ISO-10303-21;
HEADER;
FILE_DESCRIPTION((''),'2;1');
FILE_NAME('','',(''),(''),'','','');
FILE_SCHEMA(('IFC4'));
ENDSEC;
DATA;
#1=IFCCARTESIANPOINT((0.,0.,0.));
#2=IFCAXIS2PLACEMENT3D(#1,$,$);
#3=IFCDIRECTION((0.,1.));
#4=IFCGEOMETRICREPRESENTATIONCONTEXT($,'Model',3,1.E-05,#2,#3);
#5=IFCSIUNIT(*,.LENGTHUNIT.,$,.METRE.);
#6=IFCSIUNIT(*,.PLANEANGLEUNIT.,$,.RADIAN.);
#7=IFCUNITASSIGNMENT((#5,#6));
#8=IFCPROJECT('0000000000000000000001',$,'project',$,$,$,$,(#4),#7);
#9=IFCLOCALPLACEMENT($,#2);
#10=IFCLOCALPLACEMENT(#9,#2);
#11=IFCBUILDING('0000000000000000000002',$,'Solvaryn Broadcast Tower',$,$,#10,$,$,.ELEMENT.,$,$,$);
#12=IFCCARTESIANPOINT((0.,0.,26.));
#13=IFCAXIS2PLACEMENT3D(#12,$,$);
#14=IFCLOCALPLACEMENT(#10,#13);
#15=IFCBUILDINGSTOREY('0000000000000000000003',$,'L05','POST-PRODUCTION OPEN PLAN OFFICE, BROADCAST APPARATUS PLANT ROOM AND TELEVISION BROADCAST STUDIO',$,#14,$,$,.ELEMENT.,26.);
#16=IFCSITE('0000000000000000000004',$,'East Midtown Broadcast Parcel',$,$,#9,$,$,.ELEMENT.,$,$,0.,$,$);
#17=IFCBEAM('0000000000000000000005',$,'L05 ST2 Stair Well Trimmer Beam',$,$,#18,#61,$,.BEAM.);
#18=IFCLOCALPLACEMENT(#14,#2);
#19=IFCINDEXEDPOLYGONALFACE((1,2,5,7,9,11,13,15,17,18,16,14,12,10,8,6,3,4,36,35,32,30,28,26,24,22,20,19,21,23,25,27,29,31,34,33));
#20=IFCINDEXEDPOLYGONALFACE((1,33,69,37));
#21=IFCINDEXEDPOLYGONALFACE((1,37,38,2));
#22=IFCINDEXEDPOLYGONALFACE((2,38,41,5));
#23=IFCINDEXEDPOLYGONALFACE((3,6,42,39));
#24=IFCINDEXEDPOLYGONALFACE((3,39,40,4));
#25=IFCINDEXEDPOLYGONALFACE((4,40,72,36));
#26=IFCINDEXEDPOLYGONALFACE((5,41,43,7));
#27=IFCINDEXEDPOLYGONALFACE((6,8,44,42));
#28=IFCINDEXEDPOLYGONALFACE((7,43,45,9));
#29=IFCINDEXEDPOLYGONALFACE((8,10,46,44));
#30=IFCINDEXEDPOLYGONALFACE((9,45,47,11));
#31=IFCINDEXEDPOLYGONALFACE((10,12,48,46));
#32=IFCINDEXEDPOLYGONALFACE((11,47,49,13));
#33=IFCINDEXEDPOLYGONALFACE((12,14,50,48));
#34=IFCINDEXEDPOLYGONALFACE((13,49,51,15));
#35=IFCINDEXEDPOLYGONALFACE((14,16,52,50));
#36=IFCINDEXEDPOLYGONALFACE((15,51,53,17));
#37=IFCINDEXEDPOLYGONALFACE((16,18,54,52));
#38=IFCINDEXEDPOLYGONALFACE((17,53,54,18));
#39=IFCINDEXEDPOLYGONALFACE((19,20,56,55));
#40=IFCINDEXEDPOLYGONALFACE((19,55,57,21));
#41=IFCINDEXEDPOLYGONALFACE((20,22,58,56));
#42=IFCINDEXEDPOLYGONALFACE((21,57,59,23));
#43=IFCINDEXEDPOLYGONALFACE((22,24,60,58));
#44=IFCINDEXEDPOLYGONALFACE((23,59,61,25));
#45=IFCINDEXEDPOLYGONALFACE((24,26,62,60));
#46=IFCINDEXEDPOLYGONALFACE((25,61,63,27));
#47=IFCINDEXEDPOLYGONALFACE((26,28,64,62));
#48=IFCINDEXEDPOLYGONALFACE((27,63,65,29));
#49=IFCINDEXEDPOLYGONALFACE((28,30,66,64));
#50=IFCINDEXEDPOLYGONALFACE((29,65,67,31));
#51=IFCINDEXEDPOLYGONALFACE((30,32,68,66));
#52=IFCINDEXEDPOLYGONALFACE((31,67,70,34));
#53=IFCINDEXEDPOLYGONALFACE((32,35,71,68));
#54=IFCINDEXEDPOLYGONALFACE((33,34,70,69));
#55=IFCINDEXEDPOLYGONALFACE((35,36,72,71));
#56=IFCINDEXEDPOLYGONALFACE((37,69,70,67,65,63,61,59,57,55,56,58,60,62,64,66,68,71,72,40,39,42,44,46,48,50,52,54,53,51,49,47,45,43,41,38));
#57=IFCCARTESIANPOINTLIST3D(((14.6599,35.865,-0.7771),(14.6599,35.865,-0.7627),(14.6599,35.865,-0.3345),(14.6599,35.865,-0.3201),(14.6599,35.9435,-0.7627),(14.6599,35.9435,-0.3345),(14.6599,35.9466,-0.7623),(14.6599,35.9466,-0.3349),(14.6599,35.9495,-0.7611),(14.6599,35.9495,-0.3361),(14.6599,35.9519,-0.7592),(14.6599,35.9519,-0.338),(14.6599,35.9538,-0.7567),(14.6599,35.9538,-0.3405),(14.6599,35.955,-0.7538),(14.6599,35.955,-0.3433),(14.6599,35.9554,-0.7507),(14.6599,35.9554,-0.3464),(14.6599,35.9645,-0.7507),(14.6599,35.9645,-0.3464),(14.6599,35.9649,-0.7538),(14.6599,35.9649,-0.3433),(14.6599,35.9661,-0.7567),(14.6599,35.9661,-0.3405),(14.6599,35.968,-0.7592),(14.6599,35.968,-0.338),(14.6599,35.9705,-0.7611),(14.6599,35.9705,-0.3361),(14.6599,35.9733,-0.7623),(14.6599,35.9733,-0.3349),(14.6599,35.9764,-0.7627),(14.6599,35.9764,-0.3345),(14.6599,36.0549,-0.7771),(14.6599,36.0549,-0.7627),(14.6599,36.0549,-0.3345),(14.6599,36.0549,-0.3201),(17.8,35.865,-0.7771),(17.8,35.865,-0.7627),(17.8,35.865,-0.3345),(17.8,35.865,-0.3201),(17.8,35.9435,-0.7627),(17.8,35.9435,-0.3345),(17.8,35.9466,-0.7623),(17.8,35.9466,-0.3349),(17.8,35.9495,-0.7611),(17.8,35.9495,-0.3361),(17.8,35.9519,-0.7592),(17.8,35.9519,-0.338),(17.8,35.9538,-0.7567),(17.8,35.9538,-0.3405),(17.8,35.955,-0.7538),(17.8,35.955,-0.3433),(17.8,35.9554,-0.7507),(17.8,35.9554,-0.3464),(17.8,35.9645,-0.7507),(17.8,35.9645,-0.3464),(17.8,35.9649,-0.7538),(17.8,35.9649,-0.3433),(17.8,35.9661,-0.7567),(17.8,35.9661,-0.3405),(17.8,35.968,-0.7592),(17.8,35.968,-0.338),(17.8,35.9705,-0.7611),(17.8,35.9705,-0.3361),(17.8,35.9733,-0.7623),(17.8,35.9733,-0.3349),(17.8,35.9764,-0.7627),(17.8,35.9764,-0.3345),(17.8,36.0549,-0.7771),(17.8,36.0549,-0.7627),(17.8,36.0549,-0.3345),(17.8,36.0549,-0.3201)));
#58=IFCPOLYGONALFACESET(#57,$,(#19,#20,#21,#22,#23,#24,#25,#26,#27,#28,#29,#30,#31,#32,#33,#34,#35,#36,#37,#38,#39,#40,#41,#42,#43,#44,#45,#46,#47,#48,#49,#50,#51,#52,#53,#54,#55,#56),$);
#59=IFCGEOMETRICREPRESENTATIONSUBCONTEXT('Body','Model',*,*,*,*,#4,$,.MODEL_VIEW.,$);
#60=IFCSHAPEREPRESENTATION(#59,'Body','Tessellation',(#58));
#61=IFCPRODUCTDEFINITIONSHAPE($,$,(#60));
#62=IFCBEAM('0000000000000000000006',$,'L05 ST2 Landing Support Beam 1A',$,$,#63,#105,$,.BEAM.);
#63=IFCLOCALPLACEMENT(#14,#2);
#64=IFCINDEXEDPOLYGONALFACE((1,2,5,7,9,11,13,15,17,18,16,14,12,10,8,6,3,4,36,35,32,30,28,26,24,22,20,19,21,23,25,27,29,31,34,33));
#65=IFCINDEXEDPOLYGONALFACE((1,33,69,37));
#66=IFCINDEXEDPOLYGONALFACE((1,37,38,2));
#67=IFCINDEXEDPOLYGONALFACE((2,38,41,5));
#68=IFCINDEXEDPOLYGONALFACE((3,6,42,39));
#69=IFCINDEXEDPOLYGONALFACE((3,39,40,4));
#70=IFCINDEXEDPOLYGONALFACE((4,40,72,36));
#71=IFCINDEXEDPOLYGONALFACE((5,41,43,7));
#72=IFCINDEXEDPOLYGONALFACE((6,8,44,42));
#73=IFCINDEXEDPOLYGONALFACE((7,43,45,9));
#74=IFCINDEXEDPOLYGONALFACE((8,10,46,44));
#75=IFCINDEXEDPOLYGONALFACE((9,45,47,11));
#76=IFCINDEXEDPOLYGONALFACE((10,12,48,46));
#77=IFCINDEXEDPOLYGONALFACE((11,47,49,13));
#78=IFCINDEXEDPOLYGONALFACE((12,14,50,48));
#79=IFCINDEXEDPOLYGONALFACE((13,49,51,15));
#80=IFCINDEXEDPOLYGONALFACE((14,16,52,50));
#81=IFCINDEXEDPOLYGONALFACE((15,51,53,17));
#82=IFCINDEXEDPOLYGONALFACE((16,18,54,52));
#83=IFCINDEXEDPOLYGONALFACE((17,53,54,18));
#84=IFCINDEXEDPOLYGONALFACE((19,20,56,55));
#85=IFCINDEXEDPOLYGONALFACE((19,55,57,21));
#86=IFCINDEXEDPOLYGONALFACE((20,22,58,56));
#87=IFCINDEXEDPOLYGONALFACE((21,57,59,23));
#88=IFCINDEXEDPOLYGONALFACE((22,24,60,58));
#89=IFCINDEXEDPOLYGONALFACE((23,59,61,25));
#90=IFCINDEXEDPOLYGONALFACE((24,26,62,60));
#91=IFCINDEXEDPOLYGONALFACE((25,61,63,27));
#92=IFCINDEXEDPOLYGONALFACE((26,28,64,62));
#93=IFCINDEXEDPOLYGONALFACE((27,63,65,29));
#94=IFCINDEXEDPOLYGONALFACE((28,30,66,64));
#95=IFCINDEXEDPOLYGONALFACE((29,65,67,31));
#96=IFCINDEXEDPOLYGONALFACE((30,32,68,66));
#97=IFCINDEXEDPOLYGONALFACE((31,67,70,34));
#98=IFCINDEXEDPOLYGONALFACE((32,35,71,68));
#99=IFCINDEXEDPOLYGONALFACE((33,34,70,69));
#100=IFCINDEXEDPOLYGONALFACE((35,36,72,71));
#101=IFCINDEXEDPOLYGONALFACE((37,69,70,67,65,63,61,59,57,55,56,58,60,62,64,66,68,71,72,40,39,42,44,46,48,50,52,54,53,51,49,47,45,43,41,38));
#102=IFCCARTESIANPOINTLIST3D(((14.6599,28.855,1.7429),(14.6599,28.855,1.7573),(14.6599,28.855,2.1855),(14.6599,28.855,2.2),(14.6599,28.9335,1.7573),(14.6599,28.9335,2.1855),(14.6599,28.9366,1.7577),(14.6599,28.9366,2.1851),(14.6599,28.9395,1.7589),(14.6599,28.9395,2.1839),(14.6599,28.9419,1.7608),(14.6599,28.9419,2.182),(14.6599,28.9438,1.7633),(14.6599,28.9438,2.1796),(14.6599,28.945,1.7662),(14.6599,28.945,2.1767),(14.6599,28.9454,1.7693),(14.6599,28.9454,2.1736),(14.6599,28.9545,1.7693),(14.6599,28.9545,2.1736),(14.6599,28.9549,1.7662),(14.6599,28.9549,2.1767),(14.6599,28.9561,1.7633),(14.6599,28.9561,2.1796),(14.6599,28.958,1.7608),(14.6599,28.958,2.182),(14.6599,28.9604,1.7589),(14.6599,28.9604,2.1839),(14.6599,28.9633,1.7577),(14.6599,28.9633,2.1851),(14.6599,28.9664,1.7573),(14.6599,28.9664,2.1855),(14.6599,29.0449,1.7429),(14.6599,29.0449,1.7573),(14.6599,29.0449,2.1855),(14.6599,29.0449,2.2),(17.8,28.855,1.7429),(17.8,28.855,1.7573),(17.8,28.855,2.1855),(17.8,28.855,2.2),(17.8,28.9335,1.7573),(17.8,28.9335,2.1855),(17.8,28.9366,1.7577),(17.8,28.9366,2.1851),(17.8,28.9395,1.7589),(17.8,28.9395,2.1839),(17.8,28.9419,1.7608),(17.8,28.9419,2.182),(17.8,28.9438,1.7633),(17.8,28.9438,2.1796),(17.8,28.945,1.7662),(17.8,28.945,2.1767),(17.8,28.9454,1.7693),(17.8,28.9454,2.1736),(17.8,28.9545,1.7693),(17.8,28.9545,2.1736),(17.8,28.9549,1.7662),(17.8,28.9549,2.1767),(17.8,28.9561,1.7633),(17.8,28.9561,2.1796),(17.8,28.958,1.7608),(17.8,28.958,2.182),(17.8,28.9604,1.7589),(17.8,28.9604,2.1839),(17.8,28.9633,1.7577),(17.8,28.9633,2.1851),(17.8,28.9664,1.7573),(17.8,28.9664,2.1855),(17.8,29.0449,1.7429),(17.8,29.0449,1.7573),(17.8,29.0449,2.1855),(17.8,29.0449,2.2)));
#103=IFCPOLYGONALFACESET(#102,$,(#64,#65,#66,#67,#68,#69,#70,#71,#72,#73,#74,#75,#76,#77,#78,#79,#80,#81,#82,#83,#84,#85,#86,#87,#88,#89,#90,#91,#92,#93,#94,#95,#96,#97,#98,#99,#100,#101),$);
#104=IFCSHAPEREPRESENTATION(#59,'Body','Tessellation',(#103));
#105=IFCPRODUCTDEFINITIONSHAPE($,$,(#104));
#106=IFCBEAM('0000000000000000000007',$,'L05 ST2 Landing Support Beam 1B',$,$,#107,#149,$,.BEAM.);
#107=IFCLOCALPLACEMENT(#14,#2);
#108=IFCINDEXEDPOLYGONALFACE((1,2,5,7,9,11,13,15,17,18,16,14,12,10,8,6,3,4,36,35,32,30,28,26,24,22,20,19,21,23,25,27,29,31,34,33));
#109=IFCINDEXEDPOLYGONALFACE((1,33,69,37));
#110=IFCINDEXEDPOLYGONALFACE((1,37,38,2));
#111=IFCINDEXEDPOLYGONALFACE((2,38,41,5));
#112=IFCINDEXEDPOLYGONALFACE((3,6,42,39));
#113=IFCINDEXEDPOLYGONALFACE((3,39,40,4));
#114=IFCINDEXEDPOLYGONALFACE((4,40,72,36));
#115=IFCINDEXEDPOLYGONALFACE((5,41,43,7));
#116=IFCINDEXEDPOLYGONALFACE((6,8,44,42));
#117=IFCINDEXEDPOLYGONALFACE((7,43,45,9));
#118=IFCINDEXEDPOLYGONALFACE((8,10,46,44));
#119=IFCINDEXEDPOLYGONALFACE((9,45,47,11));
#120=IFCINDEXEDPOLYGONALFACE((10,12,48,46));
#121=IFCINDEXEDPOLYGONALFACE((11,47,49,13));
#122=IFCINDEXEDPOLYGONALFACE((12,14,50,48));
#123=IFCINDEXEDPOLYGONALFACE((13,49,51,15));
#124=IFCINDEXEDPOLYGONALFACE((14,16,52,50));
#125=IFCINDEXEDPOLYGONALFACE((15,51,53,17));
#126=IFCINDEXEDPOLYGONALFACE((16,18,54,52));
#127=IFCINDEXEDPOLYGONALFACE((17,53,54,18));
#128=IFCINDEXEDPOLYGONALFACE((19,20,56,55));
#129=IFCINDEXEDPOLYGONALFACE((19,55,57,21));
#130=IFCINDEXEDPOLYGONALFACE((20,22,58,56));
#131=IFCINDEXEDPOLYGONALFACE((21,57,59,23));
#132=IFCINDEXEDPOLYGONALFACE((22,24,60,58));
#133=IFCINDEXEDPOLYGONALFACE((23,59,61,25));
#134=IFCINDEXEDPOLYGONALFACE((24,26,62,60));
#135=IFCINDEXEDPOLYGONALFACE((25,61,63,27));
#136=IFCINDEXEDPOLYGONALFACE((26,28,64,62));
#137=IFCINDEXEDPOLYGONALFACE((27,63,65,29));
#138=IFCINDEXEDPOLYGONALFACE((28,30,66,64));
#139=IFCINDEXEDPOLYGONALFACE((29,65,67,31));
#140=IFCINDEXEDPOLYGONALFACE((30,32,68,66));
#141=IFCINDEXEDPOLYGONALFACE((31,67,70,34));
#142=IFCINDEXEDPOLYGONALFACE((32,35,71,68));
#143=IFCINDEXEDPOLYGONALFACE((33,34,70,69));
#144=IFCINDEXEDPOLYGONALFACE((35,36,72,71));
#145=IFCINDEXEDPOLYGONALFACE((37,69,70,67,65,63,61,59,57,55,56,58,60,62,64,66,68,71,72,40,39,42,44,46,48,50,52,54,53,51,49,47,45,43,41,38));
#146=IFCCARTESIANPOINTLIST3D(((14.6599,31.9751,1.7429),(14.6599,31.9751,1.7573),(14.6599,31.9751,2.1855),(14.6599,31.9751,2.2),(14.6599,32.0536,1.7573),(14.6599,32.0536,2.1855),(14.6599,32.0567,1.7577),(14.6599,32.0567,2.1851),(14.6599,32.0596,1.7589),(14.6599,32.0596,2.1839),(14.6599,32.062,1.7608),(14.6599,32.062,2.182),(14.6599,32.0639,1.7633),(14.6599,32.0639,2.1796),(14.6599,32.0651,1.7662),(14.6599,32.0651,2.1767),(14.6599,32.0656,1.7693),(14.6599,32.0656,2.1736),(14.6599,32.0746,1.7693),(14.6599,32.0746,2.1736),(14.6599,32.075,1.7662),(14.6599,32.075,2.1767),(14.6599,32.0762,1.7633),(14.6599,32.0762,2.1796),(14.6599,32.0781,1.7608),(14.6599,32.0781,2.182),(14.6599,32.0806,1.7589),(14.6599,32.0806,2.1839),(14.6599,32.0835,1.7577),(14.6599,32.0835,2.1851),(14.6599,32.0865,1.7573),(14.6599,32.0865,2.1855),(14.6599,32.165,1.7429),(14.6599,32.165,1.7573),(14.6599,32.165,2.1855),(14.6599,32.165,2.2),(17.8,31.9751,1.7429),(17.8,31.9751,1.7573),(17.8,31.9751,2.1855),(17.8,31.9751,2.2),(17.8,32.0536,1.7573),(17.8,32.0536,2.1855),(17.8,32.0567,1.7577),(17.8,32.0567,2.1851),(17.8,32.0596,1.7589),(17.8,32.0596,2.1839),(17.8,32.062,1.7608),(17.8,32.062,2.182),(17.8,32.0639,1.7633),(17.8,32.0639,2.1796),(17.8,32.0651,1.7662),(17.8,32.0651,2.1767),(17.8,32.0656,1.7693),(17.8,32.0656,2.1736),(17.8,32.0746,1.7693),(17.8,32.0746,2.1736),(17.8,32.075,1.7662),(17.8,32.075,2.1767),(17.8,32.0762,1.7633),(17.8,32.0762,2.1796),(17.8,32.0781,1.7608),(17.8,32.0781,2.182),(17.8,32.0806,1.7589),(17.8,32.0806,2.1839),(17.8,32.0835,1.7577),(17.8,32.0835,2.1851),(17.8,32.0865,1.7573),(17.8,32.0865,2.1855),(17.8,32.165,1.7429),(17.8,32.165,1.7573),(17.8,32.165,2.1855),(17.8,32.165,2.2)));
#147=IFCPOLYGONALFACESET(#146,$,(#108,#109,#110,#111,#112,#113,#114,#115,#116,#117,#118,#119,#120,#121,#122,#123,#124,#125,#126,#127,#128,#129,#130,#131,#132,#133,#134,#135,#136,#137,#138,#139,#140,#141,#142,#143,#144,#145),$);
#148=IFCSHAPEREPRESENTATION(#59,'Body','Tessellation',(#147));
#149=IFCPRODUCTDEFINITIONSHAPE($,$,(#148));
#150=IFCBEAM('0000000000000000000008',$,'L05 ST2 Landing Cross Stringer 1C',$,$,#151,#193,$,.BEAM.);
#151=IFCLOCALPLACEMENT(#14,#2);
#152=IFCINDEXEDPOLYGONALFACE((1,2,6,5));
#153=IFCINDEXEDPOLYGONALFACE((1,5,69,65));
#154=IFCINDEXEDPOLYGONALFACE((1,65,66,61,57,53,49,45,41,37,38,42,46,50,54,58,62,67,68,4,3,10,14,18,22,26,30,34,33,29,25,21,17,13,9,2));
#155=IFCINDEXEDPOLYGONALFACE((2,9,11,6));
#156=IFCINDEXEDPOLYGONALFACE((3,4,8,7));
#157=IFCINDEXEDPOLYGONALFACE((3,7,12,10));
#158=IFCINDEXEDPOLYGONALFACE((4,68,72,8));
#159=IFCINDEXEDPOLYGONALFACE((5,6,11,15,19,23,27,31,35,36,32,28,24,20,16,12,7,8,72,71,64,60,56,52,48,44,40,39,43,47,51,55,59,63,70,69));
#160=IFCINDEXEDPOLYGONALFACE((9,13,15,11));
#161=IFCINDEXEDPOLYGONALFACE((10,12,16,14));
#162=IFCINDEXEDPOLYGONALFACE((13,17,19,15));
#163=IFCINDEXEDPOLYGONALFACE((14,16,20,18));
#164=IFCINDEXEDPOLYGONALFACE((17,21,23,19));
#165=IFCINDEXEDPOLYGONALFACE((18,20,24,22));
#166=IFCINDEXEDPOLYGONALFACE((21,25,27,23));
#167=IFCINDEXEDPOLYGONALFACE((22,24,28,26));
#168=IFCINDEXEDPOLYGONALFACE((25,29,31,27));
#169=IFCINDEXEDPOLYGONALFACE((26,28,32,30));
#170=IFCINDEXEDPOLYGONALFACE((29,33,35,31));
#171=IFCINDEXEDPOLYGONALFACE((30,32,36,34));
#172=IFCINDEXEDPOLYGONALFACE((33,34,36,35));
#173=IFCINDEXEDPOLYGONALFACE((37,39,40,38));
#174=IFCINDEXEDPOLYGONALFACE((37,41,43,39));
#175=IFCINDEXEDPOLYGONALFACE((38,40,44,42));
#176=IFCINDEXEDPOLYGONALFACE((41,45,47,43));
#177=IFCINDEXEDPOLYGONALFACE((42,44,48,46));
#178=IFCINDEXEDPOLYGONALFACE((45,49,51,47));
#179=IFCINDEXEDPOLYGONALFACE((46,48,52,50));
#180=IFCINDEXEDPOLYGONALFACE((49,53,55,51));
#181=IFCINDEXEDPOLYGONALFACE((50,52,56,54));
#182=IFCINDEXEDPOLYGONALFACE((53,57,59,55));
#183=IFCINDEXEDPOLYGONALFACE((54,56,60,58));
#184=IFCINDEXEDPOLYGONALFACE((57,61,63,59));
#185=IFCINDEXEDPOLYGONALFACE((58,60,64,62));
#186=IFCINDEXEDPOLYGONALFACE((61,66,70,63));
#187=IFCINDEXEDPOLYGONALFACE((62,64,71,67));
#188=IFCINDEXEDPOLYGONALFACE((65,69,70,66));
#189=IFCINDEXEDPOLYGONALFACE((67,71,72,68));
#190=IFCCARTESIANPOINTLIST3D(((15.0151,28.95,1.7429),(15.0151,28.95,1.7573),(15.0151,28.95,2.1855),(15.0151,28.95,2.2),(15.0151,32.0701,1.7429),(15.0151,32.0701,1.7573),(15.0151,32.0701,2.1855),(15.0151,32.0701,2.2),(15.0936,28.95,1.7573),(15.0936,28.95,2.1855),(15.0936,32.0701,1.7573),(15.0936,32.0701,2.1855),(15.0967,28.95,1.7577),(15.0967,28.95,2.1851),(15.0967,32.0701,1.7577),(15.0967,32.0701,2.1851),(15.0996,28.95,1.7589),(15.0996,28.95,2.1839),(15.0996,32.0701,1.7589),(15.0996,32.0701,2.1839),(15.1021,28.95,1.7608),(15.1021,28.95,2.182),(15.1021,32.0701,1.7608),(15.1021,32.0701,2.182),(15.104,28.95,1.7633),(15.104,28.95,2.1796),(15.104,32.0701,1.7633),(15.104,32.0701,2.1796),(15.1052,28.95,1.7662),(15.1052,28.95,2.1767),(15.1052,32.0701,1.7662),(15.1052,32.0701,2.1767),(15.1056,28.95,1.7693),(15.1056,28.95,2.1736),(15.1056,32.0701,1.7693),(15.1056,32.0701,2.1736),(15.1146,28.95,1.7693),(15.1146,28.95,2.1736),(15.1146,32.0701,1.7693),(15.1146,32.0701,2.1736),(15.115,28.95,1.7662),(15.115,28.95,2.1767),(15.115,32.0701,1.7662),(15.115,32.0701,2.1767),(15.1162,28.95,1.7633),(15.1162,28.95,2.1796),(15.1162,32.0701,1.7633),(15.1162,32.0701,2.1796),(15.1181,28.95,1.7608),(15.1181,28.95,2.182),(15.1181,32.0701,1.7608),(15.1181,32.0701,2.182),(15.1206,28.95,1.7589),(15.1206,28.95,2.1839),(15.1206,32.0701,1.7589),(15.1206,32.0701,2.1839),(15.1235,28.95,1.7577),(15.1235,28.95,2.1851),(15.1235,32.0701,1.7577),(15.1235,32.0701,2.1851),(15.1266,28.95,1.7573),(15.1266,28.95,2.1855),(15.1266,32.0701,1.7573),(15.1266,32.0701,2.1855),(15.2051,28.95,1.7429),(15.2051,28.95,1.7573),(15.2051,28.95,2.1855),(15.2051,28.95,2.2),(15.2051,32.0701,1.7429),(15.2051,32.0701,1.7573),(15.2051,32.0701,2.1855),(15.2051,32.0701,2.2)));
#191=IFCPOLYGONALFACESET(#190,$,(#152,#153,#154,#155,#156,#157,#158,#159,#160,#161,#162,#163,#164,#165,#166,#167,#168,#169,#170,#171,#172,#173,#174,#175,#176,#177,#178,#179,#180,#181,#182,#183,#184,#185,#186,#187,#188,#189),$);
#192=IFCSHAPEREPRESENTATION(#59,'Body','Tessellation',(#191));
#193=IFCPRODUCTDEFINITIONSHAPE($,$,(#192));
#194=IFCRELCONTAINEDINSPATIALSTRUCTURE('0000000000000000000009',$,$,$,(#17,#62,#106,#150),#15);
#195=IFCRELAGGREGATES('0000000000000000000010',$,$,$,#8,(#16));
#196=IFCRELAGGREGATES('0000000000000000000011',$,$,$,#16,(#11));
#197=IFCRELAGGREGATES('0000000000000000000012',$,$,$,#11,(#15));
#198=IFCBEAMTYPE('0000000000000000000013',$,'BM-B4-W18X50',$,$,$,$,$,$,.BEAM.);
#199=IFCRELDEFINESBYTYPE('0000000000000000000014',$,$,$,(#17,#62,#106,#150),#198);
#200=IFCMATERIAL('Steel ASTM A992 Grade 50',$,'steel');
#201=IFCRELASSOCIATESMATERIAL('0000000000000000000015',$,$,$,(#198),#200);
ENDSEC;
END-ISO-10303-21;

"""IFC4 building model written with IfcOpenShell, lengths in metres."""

from ifc_helpers import new_model, si_unit, direction, frame, origin, origin_2d, place, context, subcontext, project, spatial, i_section, extrude, material, material_profile, profile_set, type_object, element, save


model = new_model("IFC4")

# Units and contexts
model_context = context("Model", 3, precision=1e-05, world=origin(), true_north=direction((0.0, 1.0)))
body_context = subcontext(model_context, "Body", "Model", "MODEL_VIEW")
ifc_project = project(units=[si_unit("LENGTHUNIT", "METRE"), si_unit("PLANEANGLEUNIT", "RADIAN")], contexts=[model_context])

# Site, building, storey
site_placement = place(None, origin())
site = spatial("IfcSite", under=ifc_project, at=site_placement, Name="East Midtown Broadcast Parcel", CompositionType="ELEMENT", RefElevation=0.0)
building_placement = place(site_placement, origin())
building = spatial("IfcBuilding", under=site, at=building_placement, Name="Solvaryn Broadcast Tower", CompositionType="ELEMENT")
storey_placement = place(building_placement, frame((0.0, 0.0, 26.0)))
storey = spatial("IfcBuildingStorey", under=building, at=storey_placement, Name="L05", Description="POST-PRODUCTION OPEN PLAN OFFICE, BROADCAST APPARATUS PLANT ROOM AND TELEVISION BROADCAST STUDIO", CompositionType="ELEMENT", Elevation=26.0)

# Beams
ifc_material_1 = material(Name="Steel ASTM A992 Grade 50", Category="steel")
ifc_material_profile_1 = material_profile(ifc_material_1, i_section(OverallWidth=0.1899, OverallDepth=0.457, WebThickness=0.009, FlangeThickness=0.0144, FilletRadius=0.012, at=origin_2d()))
ifc_profile_set_1 = profile_set([ifc_material_profile_1], Name="Steel ASTM A992 Grade 50")
beam_type = type_object("IfcBeamType", Name="BM-B4-W18X50", PredefinedType="BEAM", material=ifc_profile_set_1)
for number, where, z_axis, x_axis, name in (
    (1, (14.6599, 35.96, -0.5486), (1.0, 0.0, 0.0), (0.0, 1.0, 0.0), "L05 ST2 Stair Well Trimmer Beam"),
    (2, (14.6599, 28.95, 1.9714), (1.0, 0.0, 0.0), (0.0, 1.0, 0.0), "L05 ST2 Landing Support Beam 1A"),
    (3, (14.6599, 32.0701, 1.9714), (1.0, 0.0, 0.0), (0.0, 1.0, 0.0), "L05 ST2 Landing Support Beam 1B"),
):
    element("IfcBeam", number, at=place(storey_placement, frame(where, z_axis=z_axis, x_axis=x_axis)), inside=storey, type_object=beam_type, Name=name, PredefinedType="BEAM", context=body_context, shape_type="SweptSolid", body=[
        extrude(i_section(OverallWidth=0.1899, OverallDepth=0.457, WebThickness=0.009, FlangeThickness=0.0144, FilletRadius=0.012, at=origin_2d()), origin(), (0.0, 0.0, 1.0), 3.1401),
    ])
beam_1_placement = place(storey_placement, frame((15.1101, 28.95, 1.9714), z_axis=(0.0, 1.0, 0.0), x_axis=(-1.0, 0.0, 0.0)))
element("IfcBeam", 4, at=beam_1_placement, inside=storey, type_object=beam_type, Name="L05 ST2 Landing Cross Stringer 1C", PredefinedType="BEAM", context=body_context, shape_type="SweptSolid", body=[
    extrude(i_section(OverallWidth=0.1899, OverallDepth=0.457, WebThickness=0.009, FlangeThickness=0.0144, FilletRadius=0.012, at=origin_2d()), origin(), (0.0, 0.0, 1.0), 3.1201),
])

save(model, "model.ifc")
